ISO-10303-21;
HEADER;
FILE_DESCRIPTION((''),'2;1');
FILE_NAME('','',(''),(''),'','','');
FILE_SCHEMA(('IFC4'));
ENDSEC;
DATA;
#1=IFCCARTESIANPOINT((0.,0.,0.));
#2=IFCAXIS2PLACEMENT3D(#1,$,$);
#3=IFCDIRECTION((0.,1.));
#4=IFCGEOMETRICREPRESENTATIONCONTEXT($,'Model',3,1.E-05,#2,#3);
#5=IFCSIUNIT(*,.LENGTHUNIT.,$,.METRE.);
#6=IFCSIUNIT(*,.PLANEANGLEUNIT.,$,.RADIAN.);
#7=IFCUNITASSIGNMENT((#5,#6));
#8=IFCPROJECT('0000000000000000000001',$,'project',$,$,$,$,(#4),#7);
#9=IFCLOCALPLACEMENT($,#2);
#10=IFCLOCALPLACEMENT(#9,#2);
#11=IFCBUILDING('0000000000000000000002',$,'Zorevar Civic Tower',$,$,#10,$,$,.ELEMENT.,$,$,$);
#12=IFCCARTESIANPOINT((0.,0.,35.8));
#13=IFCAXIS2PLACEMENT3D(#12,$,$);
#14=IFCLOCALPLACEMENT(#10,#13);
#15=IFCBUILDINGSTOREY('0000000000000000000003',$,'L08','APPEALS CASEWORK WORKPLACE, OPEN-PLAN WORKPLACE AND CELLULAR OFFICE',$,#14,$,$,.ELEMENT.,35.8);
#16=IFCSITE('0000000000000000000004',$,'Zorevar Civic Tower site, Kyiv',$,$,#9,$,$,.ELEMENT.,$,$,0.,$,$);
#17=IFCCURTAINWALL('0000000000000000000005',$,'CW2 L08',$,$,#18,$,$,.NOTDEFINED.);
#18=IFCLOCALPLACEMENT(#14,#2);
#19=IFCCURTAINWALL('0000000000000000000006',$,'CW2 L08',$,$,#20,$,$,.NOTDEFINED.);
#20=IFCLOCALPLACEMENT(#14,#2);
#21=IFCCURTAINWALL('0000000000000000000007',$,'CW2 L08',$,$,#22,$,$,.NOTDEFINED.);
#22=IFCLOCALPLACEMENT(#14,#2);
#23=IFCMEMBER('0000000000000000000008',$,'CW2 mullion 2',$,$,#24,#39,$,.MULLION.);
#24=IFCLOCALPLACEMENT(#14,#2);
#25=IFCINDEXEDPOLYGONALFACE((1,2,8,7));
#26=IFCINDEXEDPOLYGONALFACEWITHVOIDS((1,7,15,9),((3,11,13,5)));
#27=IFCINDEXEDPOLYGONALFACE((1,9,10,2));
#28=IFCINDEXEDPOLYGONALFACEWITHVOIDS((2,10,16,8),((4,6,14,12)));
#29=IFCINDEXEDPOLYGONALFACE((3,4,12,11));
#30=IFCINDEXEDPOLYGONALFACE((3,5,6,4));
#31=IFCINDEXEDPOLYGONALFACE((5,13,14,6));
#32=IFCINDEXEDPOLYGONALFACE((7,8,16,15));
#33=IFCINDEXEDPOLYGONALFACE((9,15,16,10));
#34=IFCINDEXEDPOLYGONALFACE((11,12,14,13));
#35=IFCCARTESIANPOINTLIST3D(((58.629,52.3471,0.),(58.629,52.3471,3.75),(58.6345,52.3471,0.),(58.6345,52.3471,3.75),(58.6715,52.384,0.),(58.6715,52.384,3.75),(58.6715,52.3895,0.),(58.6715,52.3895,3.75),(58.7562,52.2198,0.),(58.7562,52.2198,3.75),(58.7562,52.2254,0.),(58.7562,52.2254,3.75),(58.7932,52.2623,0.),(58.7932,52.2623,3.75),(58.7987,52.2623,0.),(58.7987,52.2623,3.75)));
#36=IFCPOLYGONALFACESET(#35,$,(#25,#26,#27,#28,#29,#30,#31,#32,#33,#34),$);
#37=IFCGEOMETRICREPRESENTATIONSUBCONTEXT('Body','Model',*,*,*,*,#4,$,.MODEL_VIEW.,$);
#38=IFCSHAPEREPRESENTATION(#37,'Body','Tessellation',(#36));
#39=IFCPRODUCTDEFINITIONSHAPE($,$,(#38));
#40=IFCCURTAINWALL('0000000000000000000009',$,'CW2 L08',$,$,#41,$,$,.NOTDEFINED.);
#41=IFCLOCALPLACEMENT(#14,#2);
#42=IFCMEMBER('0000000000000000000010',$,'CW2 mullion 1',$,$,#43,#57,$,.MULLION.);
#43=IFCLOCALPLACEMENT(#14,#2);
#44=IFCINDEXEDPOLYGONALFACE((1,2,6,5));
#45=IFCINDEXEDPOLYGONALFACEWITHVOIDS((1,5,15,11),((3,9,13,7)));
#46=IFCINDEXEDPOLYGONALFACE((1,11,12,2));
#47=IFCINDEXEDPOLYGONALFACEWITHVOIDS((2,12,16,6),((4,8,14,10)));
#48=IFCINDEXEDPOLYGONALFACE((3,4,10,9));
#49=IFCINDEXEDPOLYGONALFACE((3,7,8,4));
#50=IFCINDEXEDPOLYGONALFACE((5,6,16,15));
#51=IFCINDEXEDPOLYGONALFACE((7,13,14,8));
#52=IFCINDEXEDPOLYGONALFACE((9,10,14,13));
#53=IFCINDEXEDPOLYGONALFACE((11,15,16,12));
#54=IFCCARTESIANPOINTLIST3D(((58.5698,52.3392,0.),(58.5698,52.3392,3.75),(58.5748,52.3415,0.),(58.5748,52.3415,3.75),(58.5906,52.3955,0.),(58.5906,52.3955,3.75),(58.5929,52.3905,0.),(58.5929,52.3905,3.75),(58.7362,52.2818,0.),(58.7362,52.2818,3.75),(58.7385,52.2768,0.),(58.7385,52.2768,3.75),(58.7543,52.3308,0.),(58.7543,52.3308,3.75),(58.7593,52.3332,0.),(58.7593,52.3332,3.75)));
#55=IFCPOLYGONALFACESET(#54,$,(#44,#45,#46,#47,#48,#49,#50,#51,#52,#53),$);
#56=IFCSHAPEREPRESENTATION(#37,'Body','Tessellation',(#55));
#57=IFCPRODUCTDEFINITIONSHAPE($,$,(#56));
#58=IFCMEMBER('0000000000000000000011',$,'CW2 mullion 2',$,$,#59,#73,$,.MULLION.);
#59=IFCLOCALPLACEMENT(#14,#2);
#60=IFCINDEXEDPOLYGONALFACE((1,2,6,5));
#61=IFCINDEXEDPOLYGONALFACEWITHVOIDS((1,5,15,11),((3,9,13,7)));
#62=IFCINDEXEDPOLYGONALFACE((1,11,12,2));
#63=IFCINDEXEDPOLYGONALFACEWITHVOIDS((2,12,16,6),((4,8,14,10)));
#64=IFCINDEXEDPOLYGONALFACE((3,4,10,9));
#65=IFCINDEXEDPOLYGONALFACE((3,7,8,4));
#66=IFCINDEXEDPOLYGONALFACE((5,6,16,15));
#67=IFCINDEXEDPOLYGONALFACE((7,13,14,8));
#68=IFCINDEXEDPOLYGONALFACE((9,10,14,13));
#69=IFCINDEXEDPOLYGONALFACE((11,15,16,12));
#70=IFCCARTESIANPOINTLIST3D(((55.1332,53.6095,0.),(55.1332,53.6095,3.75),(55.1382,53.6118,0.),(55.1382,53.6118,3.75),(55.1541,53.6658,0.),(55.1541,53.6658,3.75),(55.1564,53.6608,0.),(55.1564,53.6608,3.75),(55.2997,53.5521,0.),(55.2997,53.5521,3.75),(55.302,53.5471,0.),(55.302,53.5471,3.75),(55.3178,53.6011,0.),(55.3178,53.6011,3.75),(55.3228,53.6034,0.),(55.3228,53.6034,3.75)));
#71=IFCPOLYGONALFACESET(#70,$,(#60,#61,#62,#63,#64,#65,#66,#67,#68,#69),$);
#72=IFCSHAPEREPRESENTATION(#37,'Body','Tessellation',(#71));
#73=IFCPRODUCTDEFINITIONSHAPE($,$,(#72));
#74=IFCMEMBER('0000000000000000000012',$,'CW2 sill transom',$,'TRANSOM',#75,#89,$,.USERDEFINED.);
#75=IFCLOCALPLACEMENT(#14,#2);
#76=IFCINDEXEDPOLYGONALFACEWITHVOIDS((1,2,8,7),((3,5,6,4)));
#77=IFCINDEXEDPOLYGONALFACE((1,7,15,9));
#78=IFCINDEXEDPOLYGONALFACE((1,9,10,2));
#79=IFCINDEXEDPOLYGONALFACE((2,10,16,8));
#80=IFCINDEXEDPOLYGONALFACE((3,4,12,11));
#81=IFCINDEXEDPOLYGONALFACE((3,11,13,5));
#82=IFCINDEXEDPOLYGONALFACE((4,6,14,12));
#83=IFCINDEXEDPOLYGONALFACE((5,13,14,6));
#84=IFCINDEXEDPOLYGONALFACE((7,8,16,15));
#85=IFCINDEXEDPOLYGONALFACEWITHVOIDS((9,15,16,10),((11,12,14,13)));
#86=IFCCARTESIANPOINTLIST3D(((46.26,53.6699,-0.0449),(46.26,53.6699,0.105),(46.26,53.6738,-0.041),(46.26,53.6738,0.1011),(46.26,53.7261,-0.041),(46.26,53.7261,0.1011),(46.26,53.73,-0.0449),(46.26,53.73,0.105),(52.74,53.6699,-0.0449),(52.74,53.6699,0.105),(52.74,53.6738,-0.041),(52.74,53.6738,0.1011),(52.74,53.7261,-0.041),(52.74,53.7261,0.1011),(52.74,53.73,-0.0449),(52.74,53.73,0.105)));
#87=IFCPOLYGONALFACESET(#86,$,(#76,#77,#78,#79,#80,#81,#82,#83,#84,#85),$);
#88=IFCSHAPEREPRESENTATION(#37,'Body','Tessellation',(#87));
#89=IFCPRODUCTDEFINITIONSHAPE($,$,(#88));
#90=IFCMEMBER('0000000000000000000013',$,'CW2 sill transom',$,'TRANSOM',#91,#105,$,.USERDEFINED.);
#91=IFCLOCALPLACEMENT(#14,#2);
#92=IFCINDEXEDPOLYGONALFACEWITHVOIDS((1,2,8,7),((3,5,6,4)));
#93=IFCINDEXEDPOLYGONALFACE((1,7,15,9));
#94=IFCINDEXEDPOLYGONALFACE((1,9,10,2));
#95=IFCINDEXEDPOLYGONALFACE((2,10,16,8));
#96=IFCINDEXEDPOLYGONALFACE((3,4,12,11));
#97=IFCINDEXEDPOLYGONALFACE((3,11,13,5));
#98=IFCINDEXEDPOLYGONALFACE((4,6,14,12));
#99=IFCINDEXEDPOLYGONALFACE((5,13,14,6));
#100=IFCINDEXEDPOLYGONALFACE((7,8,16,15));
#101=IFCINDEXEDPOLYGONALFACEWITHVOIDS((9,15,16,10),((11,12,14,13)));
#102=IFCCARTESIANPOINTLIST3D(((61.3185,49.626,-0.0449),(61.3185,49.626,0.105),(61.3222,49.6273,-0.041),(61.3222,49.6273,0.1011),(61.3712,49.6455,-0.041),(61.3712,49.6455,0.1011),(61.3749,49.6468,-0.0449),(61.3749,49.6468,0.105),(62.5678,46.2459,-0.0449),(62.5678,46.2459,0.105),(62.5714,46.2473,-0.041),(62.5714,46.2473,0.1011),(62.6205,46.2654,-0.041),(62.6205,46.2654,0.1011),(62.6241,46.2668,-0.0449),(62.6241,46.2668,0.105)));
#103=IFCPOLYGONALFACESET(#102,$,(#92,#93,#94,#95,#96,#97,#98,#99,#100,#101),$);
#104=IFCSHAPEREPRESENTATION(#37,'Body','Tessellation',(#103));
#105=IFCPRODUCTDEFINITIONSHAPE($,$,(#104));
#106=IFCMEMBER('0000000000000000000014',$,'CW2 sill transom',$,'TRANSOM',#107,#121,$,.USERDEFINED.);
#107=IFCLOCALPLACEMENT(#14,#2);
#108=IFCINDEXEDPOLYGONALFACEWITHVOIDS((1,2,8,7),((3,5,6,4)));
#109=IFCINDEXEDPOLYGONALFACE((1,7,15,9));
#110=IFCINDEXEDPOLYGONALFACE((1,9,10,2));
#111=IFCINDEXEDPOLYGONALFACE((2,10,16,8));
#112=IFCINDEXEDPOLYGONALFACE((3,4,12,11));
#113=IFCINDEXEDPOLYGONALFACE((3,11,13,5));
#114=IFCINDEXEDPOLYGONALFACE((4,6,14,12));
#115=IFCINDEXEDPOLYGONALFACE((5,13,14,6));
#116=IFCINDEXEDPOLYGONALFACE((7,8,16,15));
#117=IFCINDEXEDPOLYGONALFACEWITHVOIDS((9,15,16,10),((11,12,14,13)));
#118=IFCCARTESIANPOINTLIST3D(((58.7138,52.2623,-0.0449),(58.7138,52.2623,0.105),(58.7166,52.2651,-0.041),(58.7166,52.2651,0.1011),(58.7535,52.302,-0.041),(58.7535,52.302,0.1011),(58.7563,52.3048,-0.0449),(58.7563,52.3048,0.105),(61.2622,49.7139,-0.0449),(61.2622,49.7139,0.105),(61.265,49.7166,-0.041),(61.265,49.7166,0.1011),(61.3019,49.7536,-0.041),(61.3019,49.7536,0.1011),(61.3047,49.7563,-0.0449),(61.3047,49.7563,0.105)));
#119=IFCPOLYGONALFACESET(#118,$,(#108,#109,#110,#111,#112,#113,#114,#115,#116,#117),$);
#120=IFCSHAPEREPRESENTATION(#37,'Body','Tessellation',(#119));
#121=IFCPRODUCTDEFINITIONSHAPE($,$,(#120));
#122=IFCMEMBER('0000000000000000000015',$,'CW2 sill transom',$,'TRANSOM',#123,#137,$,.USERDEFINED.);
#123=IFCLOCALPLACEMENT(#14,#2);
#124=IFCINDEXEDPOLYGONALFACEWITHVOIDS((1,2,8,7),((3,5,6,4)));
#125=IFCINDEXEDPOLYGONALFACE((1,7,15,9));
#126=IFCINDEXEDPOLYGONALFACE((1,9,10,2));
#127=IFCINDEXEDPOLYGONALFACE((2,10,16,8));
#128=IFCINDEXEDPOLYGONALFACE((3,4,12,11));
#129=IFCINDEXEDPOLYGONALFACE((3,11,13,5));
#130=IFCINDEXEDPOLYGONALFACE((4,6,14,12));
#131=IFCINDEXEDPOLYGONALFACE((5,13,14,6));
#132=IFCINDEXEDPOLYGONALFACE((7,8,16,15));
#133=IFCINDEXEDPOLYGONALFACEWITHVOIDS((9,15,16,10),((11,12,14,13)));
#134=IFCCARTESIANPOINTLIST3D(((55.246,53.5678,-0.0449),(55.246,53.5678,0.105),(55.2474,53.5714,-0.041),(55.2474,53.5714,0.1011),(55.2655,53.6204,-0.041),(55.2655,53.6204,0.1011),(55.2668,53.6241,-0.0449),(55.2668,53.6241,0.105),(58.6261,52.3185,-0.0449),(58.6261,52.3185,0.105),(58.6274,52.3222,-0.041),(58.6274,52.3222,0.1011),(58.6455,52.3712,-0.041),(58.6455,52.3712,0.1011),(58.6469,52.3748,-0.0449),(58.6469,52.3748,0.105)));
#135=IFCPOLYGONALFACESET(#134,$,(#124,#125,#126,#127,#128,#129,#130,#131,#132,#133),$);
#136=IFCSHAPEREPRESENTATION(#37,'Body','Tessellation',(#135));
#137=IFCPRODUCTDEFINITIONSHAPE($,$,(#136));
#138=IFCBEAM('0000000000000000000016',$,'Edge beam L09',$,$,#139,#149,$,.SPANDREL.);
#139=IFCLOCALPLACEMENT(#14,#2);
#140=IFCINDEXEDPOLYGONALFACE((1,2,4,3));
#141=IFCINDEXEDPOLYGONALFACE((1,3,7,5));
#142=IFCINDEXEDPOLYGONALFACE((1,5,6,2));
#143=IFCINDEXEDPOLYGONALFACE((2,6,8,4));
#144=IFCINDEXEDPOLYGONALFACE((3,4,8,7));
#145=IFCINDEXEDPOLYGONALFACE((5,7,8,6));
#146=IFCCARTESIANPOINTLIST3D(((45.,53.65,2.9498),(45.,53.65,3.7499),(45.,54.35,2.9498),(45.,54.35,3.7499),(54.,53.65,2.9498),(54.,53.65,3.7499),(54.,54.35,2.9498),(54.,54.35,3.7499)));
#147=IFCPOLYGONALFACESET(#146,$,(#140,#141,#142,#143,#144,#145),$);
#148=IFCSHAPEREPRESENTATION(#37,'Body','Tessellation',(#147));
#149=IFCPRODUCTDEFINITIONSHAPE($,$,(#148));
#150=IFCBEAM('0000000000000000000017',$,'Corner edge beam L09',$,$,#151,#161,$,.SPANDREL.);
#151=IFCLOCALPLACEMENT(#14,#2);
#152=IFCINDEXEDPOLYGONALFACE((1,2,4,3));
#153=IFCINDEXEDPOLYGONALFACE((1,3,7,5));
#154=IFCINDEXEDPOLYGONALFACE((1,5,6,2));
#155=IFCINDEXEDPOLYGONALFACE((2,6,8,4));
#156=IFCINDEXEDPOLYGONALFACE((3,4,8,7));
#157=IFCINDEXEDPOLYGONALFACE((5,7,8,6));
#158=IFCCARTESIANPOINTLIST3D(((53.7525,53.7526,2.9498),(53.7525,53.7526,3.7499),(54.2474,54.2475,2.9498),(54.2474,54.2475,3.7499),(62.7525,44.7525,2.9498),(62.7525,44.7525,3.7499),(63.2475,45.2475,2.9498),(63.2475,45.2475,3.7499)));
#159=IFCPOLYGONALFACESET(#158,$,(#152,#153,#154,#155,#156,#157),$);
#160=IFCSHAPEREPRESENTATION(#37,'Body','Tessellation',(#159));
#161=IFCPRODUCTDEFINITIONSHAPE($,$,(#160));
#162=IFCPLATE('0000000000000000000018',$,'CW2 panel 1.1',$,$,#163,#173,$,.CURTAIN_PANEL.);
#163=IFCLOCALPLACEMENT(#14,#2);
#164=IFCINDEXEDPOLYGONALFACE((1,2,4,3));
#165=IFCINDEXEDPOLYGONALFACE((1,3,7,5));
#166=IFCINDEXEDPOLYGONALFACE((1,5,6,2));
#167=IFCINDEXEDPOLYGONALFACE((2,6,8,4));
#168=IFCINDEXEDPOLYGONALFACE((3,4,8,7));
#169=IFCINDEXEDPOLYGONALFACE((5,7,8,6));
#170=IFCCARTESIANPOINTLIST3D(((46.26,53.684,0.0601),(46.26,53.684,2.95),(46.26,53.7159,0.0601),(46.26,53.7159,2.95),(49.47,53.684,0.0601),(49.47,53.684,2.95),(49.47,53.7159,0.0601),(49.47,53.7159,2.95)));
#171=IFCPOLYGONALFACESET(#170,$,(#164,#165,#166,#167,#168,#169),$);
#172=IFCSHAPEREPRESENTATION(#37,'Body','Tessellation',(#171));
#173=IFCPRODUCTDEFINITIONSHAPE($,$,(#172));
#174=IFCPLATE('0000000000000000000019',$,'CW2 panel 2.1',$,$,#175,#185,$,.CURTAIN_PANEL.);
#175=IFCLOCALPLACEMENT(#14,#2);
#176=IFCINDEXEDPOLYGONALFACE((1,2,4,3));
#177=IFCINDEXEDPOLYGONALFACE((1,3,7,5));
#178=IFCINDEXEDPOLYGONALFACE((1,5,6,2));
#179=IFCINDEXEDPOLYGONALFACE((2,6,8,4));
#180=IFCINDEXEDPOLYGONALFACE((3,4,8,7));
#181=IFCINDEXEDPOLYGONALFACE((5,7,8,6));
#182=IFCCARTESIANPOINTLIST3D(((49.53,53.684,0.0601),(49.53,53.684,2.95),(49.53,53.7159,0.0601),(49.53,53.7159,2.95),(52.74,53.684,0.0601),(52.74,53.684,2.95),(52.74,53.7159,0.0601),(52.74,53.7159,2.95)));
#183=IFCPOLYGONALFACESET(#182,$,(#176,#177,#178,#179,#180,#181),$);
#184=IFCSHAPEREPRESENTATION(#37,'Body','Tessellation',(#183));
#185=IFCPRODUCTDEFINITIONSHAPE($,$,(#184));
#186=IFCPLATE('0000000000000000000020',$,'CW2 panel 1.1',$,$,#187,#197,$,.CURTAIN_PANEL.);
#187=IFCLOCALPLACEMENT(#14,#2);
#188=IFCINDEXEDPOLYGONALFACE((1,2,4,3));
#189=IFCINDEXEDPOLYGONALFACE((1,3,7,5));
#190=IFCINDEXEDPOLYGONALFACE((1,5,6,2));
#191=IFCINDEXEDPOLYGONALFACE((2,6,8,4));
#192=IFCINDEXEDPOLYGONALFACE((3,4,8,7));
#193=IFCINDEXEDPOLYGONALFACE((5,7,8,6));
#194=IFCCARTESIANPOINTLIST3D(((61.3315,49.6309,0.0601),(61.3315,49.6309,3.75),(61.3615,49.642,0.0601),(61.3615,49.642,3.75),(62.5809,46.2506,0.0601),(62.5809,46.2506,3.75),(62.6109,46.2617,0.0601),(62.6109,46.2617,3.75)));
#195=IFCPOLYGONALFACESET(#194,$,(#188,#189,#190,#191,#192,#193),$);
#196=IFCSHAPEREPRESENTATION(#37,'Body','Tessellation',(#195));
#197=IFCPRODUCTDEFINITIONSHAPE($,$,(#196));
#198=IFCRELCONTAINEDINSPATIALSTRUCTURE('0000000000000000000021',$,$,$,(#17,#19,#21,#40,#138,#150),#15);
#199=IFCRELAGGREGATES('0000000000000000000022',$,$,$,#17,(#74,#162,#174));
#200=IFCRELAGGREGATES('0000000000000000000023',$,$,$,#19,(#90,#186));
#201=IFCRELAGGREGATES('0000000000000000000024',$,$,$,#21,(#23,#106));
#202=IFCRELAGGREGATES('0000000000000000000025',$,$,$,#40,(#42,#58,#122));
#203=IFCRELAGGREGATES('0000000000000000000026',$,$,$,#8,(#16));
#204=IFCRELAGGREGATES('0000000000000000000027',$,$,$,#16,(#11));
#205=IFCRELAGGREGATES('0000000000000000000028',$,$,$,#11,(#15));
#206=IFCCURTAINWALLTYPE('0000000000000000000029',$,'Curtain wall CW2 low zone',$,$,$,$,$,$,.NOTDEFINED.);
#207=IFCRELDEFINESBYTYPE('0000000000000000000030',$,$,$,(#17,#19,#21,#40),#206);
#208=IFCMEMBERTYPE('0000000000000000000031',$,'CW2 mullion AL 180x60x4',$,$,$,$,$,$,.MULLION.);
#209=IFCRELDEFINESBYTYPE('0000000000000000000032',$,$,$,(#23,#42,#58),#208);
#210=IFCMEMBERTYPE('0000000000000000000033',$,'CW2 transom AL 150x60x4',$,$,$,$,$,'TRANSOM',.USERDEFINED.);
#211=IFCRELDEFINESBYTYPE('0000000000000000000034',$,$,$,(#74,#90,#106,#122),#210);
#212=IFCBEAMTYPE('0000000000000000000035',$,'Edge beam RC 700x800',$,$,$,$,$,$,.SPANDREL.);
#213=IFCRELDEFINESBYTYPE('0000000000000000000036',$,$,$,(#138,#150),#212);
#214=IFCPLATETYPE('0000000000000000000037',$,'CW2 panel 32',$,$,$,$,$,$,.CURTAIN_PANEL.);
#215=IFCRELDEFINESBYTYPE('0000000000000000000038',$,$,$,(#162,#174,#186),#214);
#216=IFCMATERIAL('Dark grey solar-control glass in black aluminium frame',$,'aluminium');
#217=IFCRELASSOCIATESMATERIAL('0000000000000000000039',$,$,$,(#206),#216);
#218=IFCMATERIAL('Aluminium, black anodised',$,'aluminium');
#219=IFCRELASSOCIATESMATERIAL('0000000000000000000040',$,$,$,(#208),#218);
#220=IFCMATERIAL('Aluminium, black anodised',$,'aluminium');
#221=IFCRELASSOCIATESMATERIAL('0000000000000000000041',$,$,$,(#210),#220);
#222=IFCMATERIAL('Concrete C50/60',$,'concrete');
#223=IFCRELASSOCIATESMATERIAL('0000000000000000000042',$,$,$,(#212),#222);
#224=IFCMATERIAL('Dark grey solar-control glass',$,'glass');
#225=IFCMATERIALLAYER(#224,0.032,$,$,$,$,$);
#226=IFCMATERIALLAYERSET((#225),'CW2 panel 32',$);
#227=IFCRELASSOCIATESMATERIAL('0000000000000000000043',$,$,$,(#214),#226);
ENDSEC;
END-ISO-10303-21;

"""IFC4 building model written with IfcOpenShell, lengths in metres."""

from ifc_helpers import new_model, si_unit, direction, frame, origin, origin_2d, place, context, subcontext, project, spatial, rectangle, hollow_rectangle, extrude, material, layer, layer_set, material_profile, profile_set, type_object, element, aggregate, save


model = new_model("IFC4")

# Units and contexts
model_context = context("Model", 3, precision=1e-05, world=origin(), true_north=direction((0.0, 1.0)))
body_context = subcontext(model_context, "Body", "Model", "MODEL_VIEW")
ifc_project = project(units=[si_unit("LENGTHUNIT", "METRE"), si_unit("PLANEANGLEUNIT", "RADIAN")], contexts=[model_context])

# Site, building, storey
site_placement = place(None, origin())
site = spatial("IfcSite", under=ifc_project, at=site_placement, Name="Zorevar Civic Tower site, Kyiv", CompositionType="ELEMENT", RefElevation=0.0)
building_placement = place(site_placement, origin())
building = spatial("IfcBuilding", under=site, at=building_placement, Name="Zorevar Civic Tower", CompositionType="ELEMENT")
storey_placement = place(building_placement, frame((0.0, 0.0, 35.8)))
storey = spatial("IfcBuildingStorey", under=building, at=storey_placement, Name="L08", Description="APPEALS CASEWORK WORKPLACE, OPEN-PLAN WORKPLACE AND CELLULAR OFFICE", CompositionType="ELEMENT", Elevation=35.8)

# Curtain walls, members
ifc_material_1 = material(Name="Dark grey solar-control glass in black aluminium frame", Category="aluminium")
curtain_wall_type = type_object("IfcCurtainWallType", Name="Curtain wall CW2 low zone", PredefinedType="NOTDEFINED", material=ifc_material_1)
curtain_wall_1_placement = place(storey_placement, origin())
curtain_wall_1 = element("IfcCurtainWall", 1, at=curtain_wall_1_placement, inside=storey, type_object=curtain_wall_type, Name="CW2 L08", PredefinedType="NOTDEFINED")
ifc_material_2 = material(Name="Aluminium, black anodised", Category="aluminium")
ifc_material_profile_1 = material_profile(ifc_material_2, hollow_rectangle(XDim=0.0601, YDim=0.1799, WallThickness=0.0039, at=origin_2d()), Name="AL 180x60x4")
ifc_profile_set_1 = profile_set([ifc_material_profile_1], Name="Aluminium, black anodised")
member_type_1 = type_object("IfcMemberType", Name="CW2 mullion AL 180x60x4", PredefinedType="MULLION", material=ifc_profile_set_1)
curtain_wall_2_placement = place(storey_placement, origin())
curtain_wall_2 = element("IfcCurtainWall", 2, at=curtain_wall_2_placement, inside=storey, type_object=curtain_wall_type, Name="CW2 L08", PredefinedType="NOTDEFINED")
curtain_wall_3_placement = place(storey_placement, origin())
curtain_wall_3 = element("IfcCurtainWall", 3, at=curtain_wall_3_placement, inside=storey, type_object=curtain_wall_type, Name="CW2 L08", PredefinedType="NOTDEFINED")
member_1_placement = place(storey_placement, frame((58.7139, 52.3047, 0.0), z_axis=(0.0, 0.0, 1.0), x_axis=(-0.707107, -0.707107, 0.0)))
member_1 = element("IfcMember", 4, at=member_1_placement, type_object=member_type_1, Name="CW2 mullion 2", PredefinedType="MULLION", context=body_context, shape_type="SweptSolid", body=[
    extrude(hollow_rectangle(XDim=0.0601, YDim=0.1799, WallThickness=0.0039, at=origin_2d()), origin(), (0.0, 0.0, 1.0), 3.75),
])
curtain_wall_4_placement = place(storey_placement, origin())
curtain_wall_4 = element("IfcCurtainWall", 5, at=curtain_wall_4_placement, inside=storey, type_object=curtain_wall_type, Name="CW2 L08", PredefinedType="NOTDEFINED")
member_2_placement = place(storey_placement, frame((58.6646, 52.3362, 0.0), z_axis=(0.0, 0.0, 1.0), x_axis=(-0.346704, -0.937975, 0.0)))
member_2 = element("IfcMember", 6, at=member_2_placement, type_object=member_type_1, Name="CW2 mullion 1", PredefinedType="MULLION", context=body_context, shape_type="SweptSolid", body=[
    extrude(hollow_rectangle(XDim=0.0601, YDim=0.1799, WallThickness=0.0039, at=origin_2d()), origin(), (0.0, 0.0, 1.0), 3.75),
])
member_3_placement = place(storey_placement, frame((55.228, 53.6064, 0.0), z_axis=(0.0, 0.0, 1.0), x_axis=(-0.346704, -0.937975, 0.0)))
member_3 = element("IfcMember", 7, at=member_3_placement, type_object=member_type_1, Name="CW2 mullion 2", PredefinedType="MULLION", context=body_context, shape_type="SweptSolid", body=[
    extrude(hollow_rectangle(XDim=0.0601, YDim=0.1799, WallThickness=0.0039, at=origin_2d()), origin(), (0.0, 0.0, 1.0), 3.75),
])

# Members
ifc_material_3 = material(Name="Aluminium, black anodised", Category="aluminium")
ifc_material_profile_2 = material_profile(ifc_material_3, hollow_rectangle(XDim=0.0601, YDim=0.1499, WallThickness=0.0039, at=origin_2d()), Name="AL 150x60x4")
ifc_profile_set_2 = profile_set([ifc_material_profile_2], Name="Aluminium, black anodised")
member_type_2 = type_object("IfcMemberType", Name="CW2 transom AL 150x60x4", ElementType="TRANSOM", PredefinedType="USERDEFINED", material=ifc_profile_set_2)
member_4_placement = place(storey_placement, frame((46.26, 53.7, 0.03), z_axis=(1.0, 0.0, 0.0), x_axis=(0.0, 1.0, 0.0)))
member_4 = element("IfcMember", 8, at=member_4_placement, type_object=member_type_2, Name="CW2 sill transom", ObjectType="TRANSOM", PredefinedType="USERDEFINED", context=body_context, shape_type="SweptSolid", body=[
    extrude(hollow_rectangle(XDim=0.0601, YDim=0.1499, WallThickness=0.0039, at=origin_2d()), origin(), (0.0, 0.0, 1.0), 6.48),
])
member_5_placement = place(storey_placement, frame((62.5959, 46.2563, 0.03), z_axis=(-0.346672, 0.937986, 0.0), x_axis=(-0.937986, -0.346672, 0.0)))
member_5 = element("IfcMember", 9, at=member_5_placement, type_object=member_type_2, Name="CW2 sill transom", ObjectType="TRANSOM", PredefinedType="USERDEFINED", context=body_context, shape_type="SweptSolid", body=[
    extrude(hollow_rectangle(XDim=0.0601, YDim=0.1499, WallThickness=0.0039, at=origin_2d()), origin(), (0.0, 0.0, 1.0), 3.6035),
])
member_6_placement = place(storey_placement, frame((61.2834, 49.7351, 0.03), z_axis=(-0.707107, 0.707107, 0.0), x_axis=(-0.707107, -0.707107, 0.0)))
member_6 = element("IfcMember", 10, at=member_6_placement, type_object=member_type_2, Name="CW2 sill transom", ObjectType="TRANSOM", PredefinedType="USERDEFINED", context=body_context, shape_type="SweptSolid", body=[
    extrude(hollow_rectangle(XDim=0.0601, YDim=0.1499, WallThickness=0.0039, at=origin_2d()), origin(), (0.0, 0.0, 1.0), 3.604),
])
member_7_placement = place(storey_placement, frame((58.6365, 52.3467, 0.03), z_axis=(-0.937986, 0.346672, 0.0), x_axis=(-0.346672, -0.937986, 0.0)))
member_7 = element("IfcMember", 11, at=member_7_placement, type_object=member_type_2, Name="CW2 sill transom", ObjectType="TRANSOM", PredefinedType="USERDEFINED", context=body_context, shape_type="SweptSolid", body=[
    extrude(hollow_rectangle(XDim=0.0601, YDim=0.1499, WallThickness=0.0039, at=origin_2d()), origin(), (0.0, 0.0, 1.0), 3.6035),
])

# Beams
ifc_material_4 = material(Name="Concrete C50/60", Category="concrete")
ifc_material_profile_3 = material_profile(ifc_material_4, rectangle(XDim=0.7, YDim=0.8, at=origin_2d()), Name="RC 700x800")
ifc_profile_set_3 = profile_set([ifc_material_profile_3], Name="Concrete C50/60")
beam_type_1 = type_object("IfcBeamType", Name="Edge beam RC 700x800", PredefinedType="SPANDREL", material=ifc_profile_set_3)
beam_1_placement = place(storey_placement, frame((45.0, 54.0, 3.3499), z_axis=(1.0, 0.0, 0.0), x_axis=(0.0, 1.0, 0.0)))
element("IfcBeam", 12, at=beam_1_placement, inside=storey, type_object=beam_type_1, Name="Edge beam L09", PredefinedType="SPANDREL", context=body_context, shape_type="SweptSolid", body=[
    extrude(rectangle(XDim=0.7, YDim=0.8, at=origin_2d()), origin(), (0.0, 0.0, 1.0), 9.0),
])
beam_2_placement = place(storey_placement, frame((63.0, 45.0, 3.3499), z_axis=(-0.707107, 0.707107, 0.0), x_axis=(-0.707107, -0.707107, 0.0)))
element("IfcBeam", 13, at=beam_2_placement, inside=storey, type_object=beam_type_1, Name="Corner edge beam L09", PredefinedType="SPANDREL", context=body_context, shape_type="SweptSolid", body=[
    extrude(rectangle(XDim=0.7, YDim=0.8, at=origin_2d()), origin(), (0.0, 0.0, 1.0), 12.728),
])

# Plates
ifc_material_5 = material(Name="Dark grey solar-control glass", Category="glass")
ifc_layer_1 = layer(ifc_material_5, 0.032)
ifc_layer_set_1 = layer_set([ifc_layer_1], Name="CW2 panel 32")
plate_type = type_object("IfcPlateType", Name="CW2 panel 32", PredefinedType="CURTAIN_PANEL", material=ifc_layer_set_1)
plate_1_placement = place(storey_placement, frame((47.865, 53.7, 0.0601), z_axis=(0.0, 0.0, 1.0), x_axis=(1.0, 0.0, 0.0)))
plate_1 = element("IfcPlate", 14, at=plate_1_placement, type_object=plate_type, Name="CW2 panel 1.1", PredefinedType="CURTAIN_PANEL", context=body_context, shape_type="SweptSolid", body=[
    extrude(rectangle(XDim=3.21, YDim=0.032, at=origin_2d()), origin(), (0.0, 0.0, 1.0), 2.8899),
])
plate_2_placement = place(storey_placement, frame((51.135, 53.7, 0.0601), z_axis=(0.0, 0.0, 1.0), x_axis=(1.0, 0.0, 0.0)))
plate_2 = element("IfcPlate", 15, at=plate_2_placement, type_object=plate_type, Name="CW2 panel 2.1", PredefinedType="CURTAIN_PANEL", context=body_context, shape_type="SweptSolid", body=[
    extrude(rectangle(XDim=3.21, YDim=0.032, at=origin_2d()), origin(), (0.0, 0.0, 1.0), 2.8899),
])
aggregate(curtain_wall_1, [member_4, plate_1, plate_2])
plate_3_placement = place(storey_placement, frame((61.9712, 47.9463, 0.0601), z_axis=(0.0, 0.0, 1.0), x_axis=(-0.346704, 0.937975, 0.0)))
plate_3 = element("IfcPlate", 16, at=plate_3_placement, type_object=plate_type, Name="CW2 panel 1.1", PredefinedType="CURTAIN_PANEL", context=body_context, shape_type="SweptSolid", body=[
    extrude(rectangle(XDim=3.6038, YDim=0.032, at=origin_2d()), origin(), (0.0, 0.0, 1.0), 3.6899),
])
aggregate(curtain_wall_2, [member_5, plate_3])
aggregate(curtain_wall_3, [member_1, member_6])
aggregate(curtain_wall_4, [member_2, member_3, member_7])

save(model, "model.ifc")
